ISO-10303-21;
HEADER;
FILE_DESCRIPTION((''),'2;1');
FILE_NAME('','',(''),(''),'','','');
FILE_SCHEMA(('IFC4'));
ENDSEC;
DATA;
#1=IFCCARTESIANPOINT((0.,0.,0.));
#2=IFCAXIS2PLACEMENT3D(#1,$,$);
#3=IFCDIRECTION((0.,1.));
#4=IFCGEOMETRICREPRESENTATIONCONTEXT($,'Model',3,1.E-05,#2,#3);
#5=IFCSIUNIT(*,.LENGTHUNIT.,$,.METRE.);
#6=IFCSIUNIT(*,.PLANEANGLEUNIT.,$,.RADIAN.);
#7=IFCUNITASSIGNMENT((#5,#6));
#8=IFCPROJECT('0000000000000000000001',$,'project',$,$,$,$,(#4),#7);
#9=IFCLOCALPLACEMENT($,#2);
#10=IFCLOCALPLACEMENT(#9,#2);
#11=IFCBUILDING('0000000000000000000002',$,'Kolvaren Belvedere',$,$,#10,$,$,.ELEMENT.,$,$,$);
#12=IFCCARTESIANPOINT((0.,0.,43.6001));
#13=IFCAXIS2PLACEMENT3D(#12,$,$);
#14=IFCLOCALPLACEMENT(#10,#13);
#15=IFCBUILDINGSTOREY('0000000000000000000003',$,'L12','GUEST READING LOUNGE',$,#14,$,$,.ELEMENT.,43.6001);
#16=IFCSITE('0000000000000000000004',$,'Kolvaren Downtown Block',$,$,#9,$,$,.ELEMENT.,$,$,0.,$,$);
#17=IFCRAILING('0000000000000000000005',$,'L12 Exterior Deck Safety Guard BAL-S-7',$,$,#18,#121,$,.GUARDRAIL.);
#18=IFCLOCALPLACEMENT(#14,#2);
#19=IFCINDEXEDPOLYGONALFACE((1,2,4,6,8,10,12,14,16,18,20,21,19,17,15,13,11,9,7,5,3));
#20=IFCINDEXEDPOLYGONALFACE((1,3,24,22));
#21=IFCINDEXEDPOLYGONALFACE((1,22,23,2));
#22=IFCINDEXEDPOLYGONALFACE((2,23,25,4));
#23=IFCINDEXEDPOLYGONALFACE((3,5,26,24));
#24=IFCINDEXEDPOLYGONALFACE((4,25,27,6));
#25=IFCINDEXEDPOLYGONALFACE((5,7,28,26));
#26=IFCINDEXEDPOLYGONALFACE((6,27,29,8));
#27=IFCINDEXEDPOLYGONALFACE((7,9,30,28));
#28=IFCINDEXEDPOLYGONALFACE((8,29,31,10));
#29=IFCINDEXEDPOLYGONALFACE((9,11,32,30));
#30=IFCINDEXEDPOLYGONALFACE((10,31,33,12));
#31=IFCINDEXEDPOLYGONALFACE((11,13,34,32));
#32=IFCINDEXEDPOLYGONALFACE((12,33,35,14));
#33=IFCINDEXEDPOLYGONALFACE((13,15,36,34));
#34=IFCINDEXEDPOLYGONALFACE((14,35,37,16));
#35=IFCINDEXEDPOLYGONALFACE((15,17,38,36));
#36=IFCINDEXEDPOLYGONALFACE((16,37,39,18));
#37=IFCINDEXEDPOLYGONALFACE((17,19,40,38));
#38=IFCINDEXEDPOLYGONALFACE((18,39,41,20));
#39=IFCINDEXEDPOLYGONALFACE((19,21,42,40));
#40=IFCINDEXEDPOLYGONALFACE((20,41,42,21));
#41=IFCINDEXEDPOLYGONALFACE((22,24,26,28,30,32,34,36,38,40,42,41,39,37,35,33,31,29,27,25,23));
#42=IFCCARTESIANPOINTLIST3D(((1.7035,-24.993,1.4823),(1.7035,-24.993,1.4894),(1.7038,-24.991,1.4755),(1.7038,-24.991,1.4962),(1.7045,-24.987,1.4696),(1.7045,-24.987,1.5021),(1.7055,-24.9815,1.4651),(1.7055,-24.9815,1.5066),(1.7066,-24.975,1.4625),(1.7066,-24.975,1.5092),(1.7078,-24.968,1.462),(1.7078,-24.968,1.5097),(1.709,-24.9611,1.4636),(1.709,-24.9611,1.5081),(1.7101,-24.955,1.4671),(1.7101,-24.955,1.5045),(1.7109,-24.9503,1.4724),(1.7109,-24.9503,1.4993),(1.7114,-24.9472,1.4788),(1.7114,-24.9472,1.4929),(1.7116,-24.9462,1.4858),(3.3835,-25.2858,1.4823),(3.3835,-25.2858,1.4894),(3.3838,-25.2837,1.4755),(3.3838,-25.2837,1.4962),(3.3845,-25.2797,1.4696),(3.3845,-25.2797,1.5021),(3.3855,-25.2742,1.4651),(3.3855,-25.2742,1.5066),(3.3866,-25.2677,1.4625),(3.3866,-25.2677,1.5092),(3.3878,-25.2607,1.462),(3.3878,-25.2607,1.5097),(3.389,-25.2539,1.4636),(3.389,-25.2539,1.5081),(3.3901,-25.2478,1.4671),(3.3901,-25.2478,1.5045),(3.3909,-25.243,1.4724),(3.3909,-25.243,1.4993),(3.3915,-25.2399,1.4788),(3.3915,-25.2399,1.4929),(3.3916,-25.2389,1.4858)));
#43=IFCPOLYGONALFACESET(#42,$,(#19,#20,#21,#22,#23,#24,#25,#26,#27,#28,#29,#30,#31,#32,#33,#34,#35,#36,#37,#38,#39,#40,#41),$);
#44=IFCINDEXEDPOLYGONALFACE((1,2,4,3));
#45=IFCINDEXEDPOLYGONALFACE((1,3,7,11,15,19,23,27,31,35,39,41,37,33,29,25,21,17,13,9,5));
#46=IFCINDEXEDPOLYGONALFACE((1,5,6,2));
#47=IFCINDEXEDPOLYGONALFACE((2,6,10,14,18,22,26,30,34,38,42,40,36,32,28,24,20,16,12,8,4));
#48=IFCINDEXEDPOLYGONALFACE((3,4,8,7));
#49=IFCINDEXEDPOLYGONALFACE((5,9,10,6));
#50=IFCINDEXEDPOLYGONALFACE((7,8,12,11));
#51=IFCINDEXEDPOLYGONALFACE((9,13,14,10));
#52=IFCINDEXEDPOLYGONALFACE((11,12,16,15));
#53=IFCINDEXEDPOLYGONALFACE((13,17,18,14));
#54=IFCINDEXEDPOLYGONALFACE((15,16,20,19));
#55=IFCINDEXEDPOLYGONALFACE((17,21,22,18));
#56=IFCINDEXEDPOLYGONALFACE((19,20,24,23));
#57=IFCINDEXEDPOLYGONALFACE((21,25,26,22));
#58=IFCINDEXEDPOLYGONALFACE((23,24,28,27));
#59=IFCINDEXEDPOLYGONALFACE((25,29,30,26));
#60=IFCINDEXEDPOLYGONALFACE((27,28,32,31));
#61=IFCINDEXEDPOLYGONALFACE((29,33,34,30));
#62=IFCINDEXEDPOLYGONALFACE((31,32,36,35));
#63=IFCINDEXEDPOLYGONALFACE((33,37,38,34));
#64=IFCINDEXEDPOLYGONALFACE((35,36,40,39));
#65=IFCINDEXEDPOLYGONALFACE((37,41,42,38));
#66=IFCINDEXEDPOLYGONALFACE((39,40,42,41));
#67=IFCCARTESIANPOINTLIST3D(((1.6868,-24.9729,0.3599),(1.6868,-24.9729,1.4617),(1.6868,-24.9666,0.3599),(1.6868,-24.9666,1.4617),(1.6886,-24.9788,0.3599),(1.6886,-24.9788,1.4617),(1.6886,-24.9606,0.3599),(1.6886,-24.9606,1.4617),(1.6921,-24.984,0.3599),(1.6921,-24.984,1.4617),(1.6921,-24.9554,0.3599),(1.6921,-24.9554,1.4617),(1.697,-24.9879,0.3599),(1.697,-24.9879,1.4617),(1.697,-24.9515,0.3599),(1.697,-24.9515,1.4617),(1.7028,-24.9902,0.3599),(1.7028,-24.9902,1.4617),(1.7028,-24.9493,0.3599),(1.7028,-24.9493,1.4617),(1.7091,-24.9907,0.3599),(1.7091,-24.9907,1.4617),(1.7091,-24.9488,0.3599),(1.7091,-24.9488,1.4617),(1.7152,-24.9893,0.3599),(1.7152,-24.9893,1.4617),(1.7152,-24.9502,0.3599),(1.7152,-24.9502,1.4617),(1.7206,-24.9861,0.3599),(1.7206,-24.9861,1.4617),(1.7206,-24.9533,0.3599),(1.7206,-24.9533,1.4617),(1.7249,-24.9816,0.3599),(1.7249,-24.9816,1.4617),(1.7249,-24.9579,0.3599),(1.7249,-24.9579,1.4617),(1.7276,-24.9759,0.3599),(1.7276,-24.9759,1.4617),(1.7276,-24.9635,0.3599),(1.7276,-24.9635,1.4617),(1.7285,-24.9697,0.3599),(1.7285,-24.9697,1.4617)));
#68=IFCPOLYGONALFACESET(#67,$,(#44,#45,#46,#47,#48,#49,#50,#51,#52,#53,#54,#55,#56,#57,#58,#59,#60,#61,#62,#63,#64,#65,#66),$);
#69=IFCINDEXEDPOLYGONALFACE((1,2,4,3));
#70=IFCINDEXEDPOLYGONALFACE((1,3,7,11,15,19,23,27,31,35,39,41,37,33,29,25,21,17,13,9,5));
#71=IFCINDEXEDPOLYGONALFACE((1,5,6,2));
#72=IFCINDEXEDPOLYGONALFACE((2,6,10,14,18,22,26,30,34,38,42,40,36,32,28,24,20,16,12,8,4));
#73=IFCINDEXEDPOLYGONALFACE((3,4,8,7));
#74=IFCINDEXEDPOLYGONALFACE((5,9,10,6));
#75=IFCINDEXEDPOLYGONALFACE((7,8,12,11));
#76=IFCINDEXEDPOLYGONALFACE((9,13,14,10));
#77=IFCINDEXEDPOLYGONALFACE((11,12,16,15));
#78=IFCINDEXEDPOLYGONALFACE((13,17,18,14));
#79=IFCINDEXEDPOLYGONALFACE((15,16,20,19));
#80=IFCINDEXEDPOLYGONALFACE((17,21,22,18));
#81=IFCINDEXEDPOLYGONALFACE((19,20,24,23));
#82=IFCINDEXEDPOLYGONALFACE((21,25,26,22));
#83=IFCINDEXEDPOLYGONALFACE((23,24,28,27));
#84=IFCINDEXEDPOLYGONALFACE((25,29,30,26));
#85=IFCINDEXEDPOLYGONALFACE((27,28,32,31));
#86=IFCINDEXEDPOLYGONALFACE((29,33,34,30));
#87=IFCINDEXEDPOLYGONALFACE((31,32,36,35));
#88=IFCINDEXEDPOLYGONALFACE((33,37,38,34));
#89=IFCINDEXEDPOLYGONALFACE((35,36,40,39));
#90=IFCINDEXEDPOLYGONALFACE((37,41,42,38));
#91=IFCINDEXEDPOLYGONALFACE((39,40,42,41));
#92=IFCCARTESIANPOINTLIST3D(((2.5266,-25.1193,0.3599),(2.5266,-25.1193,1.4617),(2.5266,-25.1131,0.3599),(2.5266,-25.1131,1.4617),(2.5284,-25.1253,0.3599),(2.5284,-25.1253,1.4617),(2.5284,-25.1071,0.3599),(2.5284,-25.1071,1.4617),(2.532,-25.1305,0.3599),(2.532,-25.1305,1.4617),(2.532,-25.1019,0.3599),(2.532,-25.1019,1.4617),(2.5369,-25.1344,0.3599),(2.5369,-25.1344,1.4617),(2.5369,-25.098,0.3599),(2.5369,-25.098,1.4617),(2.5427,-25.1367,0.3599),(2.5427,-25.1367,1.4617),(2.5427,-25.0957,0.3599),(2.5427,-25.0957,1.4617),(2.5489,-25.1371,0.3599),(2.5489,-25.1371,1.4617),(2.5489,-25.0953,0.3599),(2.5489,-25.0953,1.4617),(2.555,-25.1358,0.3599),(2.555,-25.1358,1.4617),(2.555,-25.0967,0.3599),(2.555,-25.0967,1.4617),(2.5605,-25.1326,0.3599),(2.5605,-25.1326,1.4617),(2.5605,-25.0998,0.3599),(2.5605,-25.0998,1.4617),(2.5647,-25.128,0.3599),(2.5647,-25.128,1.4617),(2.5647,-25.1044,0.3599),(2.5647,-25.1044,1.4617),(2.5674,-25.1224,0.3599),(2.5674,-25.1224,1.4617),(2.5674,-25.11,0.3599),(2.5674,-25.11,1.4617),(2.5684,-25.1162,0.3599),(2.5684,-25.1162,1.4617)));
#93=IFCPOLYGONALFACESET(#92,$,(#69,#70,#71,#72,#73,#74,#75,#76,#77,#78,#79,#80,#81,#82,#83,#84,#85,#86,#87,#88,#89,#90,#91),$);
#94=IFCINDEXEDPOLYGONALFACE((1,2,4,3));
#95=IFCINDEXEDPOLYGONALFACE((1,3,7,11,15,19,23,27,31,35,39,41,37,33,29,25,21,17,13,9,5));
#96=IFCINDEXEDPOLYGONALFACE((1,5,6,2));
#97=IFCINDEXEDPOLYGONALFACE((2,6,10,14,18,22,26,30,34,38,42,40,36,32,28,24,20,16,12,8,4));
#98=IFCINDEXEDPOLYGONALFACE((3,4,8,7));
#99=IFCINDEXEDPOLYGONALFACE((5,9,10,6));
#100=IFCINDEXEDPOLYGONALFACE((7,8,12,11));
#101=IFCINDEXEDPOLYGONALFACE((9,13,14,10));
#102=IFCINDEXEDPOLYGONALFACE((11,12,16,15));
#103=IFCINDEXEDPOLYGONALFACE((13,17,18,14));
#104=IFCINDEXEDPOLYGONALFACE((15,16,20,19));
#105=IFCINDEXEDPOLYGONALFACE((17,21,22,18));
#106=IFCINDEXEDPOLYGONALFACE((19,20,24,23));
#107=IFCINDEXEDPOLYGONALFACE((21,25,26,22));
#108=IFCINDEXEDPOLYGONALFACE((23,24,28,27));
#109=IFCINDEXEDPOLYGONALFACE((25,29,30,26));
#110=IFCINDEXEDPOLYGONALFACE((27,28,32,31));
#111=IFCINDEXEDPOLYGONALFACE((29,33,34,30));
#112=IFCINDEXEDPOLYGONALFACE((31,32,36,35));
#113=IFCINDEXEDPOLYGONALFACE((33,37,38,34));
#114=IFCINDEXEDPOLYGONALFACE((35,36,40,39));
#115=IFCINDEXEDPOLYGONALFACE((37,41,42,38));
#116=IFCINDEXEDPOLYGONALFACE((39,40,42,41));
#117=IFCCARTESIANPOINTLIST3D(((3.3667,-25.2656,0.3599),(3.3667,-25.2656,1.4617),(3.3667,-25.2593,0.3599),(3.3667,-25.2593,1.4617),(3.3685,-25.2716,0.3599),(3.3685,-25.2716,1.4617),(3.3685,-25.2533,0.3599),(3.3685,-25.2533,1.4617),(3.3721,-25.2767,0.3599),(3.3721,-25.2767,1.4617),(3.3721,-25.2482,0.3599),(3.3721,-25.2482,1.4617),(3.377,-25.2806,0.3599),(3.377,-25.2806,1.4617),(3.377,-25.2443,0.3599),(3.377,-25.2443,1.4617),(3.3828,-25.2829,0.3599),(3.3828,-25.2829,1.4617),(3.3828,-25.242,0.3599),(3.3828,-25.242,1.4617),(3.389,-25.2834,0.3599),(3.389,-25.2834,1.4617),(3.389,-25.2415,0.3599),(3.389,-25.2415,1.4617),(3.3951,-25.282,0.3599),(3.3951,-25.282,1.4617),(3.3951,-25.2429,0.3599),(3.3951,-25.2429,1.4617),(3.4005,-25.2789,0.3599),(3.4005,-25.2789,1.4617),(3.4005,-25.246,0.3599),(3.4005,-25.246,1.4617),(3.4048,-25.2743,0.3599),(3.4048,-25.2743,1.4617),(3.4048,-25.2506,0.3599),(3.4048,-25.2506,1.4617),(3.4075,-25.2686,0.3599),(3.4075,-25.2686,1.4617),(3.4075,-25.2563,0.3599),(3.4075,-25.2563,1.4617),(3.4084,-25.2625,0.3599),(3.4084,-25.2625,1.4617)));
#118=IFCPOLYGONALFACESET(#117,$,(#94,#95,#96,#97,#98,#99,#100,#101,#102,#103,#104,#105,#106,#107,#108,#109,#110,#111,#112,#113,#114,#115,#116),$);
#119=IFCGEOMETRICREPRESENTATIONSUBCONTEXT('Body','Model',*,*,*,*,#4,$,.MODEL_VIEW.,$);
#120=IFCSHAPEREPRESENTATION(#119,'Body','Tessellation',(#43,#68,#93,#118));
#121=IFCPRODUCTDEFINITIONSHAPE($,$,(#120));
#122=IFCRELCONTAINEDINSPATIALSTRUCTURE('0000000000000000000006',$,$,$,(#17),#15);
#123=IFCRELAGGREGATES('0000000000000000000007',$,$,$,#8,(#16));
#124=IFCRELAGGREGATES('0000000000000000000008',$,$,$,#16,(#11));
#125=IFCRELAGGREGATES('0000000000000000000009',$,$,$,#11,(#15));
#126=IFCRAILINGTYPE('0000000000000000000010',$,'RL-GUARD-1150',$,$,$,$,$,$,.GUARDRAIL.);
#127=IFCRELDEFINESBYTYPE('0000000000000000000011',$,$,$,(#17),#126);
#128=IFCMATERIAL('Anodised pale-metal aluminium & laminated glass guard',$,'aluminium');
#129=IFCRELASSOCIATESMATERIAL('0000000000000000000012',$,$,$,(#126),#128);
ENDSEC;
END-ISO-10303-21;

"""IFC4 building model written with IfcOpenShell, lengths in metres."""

from ifc_helpers import new_model, si_unit, direction, frame, origin, origin_2d, place, context, subcontext, project, spatial, circle, extrude, material, type_object, element, save


model = new_model("IFC4")

# Units and contexts
model_context = context("Model", 3, precision=1e-05, world=origin(), true_north=direction((0.0, 1.0)))
body_context = subcontext(model_context, "Body", "Model", "MODEL_VIEW")
ifc_project = project(units=[si_unit("LENGTHUNIT", "METRE"), si_unit("PLANEANGLEUNIT", "RADIAN")], contexts=[model_context])

# Site, building, storey
site_placement = place(None, origin())
site = spatial("IfcSite", under=ifc_project, at=site_placement, Name="Kolvaren Downtown Block", CompositionType="ELEMENT", RefElevation=0.0)
building_placement = place(site_placement, origin())
building = spatial("IfcBuilding", under=site, at=building_placement, Name="Kolvaren Belvedere", CompositionType="ELEMENT")
storey_placement = place(building_placement, frame((0.0, 0.0, 43.6001)))
storey = spatial("IfcBuildingStorey", under=building, at=storey_placement, Name="L12", Description="GUEST READING LOUNGE", CompositionType="ELEMENT", Elevation=43.6001)

# Railing
ifc_material_1 = material(Name="Anodised pale-metal aluminium & laminated glass guard", Category="aluminium")
railing_type = type_object("IfcRailingType", Name="RL-GUARD-1150", PredefinedType="GUARDRAIL", material=ifc_material_1)
railing_1_placement = place(storey_placement, frame((1.7075, -24.9697, 0.3599)))
element("IfcRailing", 1, at=railing_1_placement, inside=storey, type_object=railing_type, Name="L12 Exterior Deck Safety Guard BAL-S-7", PredefinedType="GUARDRAIL", context=body_context, shape_type="SweptSolid", body=[
    extrude(circle(Radius=0.0239, at=origin_2d()), frame((0.0, 0.0, 1.126), z_axis=(0.985156, -0.171661, 0.0), x_axis=(0.171661, 0.985156, 0.0)), (0.0, 0.0, 1.0), 1.7053),
    extrude(circle(Radius=0.021, at=origin_2d()), origin(), (0.0, 0.0, 1.0), 1.1018),
    extrude(circle(Radius=0.021, at=origin_2d()), frame((0.8398, -0.1465, 0.0)), (0.0, 0.0, 1.0), 1.1018),
    extrude(circle(Radius=0.021, at=origin_2d()), frame((1.6799, -0.2927, 0.0)), (0.0, 0.0, 1.0), 1.1018),
])

save(model, "model.ifc")
